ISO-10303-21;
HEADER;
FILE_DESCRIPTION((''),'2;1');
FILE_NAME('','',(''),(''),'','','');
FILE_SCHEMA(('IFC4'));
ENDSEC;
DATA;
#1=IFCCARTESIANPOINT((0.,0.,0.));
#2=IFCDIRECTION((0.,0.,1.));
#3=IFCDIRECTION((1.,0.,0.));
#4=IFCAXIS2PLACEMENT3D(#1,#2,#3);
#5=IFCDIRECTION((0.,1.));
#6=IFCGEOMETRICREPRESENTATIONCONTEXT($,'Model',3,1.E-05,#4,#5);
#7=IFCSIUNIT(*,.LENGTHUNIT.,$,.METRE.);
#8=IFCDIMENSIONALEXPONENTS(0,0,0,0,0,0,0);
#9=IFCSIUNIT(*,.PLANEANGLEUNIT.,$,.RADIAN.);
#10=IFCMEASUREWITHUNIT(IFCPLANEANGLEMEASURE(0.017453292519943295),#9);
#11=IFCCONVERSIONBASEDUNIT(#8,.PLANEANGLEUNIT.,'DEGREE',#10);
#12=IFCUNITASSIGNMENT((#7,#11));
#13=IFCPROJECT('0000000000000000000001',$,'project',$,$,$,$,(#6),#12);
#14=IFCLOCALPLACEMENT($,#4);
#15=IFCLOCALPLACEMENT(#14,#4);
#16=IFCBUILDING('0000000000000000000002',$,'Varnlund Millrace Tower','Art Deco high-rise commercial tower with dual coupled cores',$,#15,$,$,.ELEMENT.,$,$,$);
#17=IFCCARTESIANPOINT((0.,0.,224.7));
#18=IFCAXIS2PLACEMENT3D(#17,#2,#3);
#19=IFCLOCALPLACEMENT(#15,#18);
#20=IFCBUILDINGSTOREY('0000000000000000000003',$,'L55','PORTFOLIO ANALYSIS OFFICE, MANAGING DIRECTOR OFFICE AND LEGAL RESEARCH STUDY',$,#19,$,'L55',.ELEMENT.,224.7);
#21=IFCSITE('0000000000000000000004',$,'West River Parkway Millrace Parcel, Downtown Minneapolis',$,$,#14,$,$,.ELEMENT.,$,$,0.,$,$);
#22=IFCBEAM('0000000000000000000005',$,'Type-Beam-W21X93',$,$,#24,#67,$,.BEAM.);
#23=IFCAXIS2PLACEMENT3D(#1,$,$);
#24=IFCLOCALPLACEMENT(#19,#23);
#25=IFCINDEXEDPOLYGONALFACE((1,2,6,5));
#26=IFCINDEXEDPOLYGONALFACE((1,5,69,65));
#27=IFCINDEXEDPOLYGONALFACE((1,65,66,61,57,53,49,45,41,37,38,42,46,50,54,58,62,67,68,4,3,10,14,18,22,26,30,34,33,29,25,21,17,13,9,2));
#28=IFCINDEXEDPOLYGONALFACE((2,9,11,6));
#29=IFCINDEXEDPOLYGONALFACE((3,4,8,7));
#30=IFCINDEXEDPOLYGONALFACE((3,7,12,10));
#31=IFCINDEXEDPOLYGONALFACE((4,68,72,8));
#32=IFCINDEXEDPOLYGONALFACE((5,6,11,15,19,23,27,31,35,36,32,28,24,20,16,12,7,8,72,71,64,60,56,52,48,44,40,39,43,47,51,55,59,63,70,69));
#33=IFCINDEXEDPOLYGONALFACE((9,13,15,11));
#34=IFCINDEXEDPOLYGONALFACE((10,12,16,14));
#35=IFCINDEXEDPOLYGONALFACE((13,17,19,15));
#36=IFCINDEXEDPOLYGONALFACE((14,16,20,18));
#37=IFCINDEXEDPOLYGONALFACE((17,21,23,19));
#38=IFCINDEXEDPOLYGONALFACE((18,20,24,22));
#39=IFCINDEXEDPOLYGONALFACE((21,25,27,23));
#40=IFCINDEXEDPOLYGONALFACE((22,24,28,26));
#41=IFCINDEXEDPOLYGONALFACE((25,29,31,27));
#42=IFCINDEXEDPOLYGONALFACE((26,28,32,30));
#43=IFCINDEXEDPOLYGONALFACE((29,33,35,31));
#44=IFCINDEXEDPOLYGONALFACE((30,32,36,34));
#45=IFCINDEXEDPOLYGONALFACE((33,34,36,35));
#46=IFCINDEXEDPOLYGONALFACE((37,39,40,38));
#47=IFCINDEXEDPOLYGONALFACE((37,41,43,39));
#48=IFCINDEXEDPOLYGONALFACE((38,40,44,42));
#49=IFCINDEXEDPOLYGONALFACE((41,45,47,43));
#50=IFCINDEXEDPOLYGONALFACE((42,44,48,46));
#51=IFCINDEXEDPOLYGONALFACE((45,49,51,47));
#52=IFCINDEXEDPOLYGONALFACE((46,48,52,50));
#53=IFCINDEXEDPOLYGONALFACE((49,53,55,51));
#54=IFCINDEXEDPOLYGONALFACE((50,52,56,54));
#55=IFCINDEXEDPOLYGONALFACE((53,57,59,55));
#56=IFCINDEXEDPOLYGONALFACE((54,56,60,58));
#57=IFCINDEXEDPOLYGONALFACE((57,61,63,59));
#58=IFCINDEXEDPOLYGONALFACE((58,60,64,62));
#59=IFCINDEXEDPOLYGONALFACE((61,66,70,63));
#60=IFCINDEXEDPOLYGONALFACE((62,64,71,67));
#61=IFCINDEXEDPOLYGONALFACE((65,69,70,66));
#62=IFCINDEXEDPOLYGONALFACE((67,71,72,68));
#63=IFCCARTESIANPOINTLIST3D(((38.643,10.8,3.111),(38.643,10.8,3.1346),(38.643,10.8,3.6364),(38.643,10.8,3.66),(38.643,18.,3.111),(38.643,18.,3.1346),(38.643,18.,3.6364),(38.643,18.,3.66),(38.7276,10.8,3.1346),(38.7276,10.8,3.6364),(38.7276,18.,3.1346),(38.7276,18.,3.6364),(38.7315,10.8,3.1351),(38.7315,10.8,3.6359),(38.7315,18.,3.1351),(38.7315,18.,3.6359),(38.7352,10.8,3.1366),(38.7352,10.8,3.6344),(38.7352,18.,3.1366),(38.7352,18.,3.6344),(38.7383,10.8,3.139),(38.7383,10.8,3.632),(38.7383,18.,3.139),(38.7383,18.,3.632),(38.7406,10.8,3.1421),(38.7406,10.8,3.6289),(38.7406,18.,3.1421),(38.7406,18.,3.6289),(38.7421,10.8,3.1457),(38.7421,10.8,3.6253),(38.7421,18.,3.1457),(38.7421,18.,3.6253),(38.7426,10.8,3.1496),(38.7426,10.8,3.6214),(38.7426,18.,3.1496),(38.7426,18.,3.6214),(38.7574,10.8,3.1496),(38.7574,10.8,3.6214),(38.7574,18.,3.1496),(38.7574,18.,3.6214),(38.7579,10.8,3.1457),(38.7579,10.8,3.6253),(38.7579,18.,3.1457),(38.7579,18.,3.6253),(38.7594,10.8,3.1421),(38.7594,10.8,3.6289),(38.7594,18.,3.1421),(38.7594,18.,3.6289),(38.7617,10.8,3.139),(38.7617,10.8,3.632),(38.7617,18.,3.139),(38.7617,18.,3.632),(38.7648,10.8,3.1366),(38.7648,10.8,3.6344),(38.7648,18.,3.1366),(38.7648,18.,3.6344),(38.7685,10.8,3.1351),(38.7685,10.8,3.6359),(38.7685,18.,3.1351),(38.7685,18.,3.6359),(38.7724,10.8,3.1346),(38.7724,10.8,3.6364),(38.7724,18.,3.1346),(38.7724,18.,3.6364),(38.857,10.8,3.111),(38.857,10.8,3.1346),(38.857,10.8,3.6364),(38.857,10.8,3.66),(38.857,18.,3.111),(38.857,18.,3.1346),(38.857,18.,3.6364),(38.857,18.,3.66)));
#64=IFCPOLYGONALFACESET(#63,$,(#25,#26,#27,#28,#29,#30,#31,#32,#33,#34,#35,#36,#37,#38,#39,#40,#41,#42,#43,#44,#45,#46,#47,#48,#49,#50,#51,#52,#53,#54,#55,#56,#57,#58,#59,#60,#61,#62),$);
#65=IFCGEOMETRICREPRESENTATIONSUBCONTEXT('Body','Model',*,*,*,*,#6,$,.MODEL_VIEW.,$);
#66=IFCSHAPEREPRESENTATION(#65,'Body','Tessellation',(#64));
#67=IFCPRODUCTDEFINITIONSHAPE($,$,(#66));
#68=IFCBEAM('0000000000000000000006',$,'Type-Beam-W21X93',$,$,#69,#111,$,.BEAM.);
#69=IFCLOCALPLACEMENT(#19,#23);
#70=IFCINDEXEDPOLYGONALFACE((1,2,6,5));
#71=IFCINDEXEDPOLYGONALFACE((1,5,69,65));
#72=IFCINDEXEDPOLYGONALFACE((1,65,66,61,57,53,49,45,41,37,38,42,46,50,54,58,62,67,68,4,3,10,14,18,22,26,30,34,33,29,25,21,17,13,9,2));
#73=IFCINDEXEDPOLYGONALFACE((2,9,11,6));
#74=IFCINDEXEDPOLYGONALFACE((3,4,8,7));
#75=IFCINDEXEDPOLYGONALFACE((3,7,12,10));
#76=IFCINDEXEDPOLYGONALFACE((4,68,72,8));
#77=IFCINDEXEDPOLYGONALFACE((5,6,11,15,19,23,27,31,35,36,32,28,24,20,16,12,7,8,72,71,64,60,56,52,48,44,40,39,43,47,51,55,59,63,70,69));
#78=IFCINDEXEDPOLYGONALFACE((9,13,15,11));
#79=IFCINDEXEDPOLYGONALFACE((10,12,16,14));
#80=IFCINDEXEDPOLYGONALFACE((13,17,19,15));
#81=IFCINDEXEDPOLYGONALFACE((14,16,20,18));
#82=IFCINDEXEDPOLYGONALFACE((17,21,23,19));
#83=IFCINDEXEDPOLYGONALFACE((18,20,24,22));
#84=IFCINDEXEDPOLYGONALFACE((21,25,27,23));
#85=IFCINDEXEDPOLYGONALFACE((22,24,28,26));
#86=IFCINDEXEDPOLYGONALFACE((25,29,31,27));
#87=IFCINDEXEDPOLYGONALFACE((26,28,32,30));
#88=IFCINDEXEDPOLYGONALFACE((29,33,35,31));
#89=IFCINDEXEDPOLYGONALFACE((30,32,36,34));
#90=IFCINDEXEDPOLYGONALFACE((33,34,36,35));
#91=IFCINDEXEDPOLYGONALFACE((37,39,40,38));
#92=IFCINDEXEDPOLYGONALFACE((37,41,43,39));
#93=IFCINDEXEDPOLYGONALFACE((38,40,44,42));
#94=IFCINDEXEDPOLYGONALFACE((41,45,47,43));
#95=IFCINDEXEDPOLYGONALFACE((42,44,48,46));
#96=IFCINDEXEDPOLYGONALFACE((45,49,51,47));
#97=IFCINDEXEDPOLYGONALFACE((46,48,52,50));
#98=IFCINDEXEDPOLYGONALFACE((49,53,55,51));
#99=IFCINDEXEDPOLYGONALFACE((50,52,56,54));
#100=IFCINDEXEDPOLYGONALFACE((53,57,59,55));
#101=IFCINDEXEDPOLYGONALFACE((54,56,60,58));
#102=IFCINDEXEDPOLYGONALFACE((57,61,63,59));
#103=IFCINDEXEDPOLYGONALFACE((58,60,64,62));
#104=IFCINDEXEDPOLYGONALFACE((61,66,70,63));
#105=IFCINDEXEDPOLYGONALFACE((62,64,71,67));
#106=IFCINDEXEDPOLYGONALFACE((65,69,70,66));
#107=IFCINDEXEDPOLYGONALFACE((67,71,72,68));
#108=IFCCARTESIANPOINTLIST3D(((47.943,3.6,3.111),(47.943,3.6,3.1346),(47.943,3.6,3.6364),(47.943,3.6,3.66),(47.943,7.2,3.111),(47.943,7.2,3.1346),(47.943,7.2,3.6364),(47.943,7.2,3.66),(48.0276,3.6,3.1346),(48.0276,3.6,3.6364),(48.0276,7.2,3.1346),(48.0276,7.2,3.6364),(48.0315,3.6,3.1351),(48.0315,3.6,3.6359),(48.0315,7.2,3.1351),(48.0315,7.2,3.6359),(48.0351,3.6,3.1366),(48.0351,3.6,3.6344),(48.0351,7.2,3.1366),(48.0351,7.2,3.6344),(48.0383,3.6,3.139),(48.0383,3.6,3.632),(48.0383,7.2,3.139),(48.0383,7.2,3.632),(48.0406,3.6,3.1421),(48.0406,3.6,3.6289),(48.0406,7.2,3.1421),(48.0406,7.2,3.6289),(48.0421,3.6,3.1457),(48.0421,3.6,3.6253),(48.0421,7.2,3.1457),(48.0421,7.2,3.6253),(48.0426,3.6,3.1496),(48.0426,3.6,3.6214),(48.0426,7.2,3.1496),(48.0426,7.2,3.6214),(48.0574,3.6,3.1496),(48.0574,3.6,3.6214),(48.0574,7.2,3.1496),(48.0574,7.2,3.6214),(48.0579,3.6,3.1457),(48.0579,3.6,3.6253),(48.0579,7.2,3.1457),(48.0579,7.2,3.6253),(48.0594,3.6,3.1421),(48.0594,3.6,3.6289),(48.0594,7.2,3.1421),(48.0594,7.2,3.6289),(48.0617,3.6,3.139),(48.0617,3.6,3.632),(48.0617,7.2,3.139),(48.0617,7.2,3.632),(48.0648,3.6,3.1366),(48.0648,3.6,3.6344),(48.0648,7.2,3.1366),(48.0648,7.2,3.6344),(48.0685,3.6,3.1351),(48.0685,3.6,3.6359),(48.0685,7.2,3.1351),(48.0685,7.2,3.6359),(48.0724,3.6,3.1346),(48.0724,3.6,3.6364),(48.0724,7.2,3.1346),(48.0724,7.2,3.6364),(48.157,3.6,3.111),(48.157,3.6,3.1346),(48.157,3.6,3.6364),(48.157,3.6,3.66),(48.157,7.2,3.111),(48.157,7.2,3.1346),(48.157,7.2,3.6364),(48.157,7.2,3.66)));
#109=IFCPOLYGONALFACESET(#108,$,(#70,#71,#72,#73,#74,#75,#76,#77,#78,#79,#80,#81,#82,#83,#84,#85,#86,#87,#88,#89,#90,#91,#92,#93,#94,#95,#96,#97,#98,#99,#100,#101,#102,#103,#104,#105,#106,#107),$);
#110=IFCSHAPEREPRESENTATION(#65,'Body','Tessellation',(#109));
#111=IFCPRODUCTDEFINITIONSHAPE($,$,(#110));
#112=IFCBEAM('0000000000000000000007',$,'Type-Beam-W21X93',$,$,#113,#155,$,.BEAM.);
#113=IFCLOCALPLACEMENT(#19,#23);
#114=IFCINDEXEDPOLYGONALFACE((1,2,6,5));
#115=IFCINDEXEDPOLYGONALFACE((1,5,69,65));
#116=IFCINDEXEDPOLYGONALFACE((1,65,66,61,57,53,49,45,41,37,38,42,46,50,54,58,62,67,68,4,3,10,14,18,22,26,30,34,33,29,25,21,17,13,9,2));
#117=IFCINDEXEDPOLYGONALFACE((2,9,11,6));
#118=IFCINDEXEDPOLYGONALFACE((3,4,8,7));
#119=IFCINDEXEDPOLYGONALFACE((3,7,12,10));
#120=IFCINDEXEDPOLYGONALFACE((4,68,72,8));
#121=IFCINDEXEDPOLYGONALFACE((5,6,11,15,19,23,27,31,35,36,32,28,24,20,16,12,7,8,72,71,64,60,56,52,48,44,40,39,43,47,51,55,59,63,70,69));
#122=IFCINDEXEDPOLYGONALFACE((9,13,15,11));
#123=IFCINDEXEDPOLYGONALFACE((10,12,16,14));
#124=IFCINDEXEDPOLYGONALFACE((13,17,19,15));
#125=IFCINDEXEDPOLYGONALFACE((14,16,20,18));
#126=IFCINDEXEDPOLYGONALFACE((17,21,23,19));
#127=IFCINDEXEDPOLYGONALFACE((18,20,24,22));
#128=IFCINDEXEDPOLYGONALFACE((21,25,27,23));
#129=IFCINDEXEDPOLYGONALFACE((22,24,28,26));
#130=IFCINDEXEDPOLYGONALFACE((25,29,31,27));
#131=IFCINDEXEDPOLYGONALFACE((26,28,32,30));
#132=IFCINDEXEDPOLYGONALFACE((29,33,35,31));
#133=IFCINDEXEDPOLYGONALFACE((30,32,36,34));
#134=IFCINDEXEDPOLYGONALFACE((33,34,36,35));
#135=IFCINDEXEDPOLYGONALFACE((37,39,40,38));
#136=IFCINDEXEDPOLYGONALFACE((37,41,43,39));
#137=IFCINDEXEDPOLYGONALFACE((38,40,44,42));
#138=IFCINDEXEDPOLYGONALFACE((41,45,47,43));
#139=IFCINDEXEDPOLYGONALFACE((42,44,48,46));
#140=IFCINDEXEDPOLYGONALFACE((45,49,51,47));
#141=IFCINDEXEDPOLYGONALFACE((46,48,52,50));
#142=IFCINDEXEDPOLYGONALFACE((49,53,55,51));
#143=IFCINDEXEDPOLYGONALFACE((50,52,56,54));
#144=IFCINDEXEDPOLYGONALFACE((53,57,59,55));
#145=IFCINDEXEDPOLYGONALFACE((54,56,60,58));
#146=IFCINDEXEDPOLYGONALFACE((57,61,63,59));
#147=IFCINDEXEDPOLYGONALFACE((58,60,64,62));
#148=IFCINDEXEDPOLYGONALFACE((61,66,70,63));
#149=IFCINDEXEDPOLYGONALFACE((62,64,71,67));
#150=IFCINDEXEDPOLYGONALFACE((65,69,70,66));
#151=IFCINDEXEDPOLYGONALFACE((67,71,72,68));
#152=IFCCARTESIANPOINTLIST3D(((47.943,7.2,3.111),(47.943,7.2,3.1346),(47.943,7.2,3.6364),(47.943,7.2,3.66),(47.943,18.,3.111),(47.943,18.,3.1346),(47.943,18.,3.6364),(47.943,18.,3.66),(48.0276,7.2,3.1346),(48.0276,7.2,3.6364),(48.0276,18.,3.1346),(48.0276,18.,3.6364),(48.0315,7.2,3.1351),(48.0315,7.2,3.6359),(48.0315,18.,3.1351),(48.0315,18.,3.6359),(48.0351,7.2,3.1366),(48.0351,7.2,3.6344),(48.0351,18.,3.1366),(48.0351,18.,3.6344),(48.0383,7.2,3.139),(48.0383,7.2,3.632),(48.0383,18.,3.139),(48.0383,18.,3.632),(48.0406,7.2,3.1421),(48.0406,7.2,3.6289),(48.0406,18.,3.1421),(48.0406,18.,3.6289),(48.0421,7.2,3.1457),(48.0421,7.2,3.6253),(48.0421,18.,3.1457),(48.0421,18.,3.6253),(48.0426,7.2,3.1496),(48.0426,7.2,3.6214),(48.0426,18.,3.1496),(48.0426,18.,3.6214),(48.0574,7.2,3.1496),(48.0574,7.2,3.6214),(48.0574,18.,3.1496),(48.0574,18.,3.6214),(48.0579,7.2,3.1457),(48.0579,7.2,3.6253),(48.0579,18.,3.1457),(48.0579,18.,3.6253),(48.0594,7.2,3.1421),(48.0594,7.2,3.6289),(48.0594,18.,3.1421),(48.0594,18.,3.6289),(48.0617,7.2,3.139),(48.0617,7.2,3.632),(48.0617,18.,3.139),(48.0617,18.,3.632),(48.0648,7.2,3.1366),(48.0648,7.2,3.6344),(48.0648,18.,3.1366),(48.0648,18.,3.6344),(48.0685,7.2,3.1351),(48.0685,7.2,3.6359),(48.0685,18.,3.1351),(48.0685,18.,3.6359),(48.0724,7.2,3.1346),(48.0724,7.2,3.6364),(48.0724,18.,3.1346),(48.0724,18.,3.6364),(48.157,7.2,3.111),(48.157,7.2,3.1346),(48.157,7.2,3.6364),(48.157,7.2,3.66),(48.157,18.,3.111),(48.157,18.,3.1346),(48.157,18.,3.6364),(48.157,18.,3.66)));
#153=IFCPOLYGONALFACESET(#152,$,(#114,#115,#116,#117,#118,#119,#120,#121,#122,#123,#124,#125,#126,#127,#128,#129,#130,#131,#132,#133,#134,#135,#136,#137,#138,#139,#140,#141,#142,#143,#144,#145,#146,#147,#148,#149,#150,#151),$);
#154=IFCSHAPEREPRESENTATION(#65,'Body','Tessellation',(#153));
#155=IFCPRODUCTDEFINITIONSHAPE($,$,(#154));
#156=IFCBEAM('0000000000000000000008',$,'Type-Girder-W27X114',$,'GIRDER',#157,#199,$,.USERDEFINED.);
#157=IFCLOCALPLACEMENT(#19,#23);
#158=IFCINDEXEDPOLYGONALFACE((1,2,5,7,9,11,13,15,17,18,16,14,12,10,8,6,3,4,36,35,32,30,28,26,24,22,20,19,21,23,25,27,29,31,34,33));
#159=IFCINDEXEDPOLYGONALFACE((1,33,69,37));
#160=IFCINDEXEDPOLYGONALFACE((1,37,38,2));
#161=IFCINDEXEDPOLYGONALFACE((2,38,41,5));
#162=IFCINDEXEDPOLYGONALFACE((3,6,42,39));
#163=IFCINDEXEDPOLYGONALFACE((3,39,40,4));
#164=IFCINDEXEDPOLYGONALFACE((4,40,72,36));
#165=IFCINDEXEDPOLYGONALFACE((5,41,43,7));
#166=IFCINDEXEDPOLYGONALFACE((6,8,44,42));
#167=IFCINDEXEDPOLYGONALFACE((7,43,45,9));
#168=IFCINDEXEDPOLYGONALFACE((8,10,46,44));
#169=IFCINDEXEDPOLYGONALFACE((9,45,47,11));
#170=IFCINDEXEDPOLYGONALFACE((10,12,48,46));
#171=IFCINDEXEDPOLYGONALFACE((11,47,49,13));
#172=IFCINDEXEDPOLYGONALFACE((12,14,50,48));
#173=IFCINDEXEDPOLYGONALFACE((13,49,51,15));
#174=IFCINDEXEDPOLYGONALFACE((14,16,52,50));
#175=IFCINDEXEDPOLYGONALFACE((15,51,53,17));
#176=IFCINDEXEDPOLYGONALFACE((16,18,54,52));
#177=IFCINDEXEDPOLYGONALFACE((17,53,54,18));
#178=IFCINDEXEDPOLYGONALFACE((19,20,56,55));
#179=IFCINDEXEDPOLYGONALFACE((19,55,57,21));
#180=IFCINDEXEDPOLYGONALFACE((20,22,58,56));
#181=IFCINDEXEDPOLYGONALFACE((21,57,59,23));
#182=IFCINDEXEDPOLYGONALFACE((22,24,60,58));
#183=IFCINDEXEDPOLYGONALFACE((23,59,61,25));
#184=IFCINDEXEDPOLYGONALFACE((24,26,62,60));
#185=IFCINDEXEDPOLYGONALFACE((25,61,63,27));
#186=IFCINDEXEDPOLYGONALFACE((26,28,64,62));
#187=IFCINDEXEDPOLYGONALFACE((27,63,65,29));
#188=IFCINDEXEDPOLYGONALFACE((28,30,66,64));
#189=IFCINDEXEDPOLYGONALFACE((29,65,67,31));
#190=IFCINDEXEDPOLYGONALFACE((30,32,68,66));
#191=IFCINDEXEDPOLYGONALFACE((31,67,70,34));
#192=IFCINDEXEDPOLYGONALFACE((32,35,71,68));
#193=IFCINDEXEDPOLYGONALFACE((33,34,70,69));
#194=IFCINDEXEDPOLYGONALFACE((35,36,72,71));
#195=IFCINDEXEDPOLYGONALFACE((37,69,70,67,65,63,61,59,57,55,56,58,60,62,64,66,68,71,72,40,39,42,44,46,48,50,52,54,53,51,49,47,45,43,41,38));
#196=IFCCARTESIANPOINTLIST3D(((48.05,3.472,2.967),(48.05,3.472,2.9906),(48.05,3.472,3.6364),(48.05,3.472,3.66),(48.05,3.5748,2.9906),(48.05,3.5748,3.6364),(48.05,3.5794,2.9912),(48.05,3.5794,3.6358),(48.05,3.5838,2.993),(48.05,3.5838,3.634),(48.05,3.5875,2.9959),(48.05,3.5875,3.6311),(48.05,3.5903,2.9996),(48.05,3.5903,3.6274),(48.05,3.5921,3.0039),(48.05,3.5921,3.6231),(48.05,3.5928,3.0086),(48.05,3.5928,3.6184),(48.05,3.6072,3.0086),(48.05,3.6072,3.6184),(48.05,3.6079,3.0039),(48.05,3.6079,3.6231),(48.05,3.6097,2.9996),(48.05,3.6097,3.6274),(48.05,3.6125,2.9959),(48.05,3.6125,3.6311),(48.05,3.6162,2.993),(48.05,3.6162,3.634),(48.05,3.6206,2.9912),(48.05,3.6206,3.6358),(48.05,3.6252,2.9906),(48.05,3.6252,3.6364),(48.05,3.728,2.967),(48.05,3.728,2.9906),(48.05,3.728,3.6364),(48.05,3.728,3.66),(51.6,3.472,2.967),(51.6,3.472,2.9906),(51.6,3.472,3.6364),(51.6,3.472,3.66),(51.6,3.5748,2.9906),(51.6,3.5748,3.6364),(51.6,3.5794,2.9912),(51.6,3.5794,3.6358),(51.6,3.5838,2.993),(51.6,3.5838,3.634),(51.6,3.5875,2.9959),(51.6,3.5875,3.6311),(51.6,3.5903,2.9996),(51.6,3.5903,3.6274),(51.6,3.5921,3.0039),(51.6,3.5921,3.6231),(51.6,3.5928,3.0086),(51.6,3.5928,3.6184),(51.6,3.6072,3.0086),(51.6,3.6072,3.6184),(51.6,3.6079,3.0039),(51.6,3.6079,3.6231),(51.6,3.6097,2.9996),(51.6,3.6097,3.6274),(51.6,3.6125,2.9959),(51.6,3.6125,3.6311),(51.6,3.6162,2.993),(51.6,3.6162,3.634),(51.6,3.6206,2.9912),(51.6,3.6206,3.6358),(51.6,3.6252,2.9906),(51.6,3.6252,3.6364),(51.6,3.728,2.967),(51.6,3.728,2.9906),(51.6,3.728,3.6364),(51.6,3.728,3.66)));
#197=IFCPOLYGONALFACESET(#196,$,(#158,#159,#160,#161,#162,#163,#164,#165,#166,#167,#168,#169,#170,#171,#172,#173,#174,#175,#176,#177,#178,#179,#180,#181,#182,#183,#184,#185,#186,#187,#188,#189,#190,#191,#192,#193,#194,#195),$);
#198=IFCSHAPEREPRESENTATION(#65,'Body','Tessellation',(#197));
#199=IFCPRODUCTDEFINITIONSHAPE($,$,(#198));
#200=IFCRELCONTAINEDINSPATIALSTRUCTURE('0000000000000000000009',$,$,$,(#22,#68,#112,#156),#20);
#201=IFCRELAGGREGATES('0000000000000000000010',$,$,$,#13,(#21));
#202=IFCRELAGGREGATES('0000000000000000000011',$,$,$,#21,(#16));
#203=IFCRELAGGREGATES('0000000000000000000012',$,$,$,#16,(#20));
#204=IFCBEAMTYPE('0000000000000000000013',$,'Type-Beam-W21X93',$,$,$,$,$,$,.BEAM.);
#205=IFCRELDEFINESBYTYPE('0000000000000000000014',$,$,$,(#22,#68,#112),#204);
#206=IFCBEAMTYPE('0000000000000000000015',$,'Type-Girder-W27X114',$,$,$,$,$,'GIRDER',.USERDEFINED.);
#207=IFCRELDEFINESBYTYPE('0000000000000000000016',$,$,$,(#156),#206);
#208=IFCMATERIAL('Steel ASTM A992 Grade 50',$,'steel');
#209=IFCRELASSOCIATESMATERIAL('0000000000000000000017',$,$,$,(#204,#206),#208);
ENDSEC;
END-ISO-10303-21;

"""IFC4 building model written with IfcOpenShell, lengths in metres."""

from ifc_helpers import new_model, entity, si_unit, converted_unit, direction, frame, origin_with_axes, origin_2d_with_axis, place, context, subcontext, project, spatial, i_section, extrude, material, material_profile, profile_set, type_object, element, save


model = new_model("IFC4")

# Units and contexts
model_context = context("Model", 3, precision=1e-05, world=origin_with_axes(), true_north=direction((0.0, 1.0)))
body_context = subcontext(model_context, "Body", "Model", "MODEL_VIEW")
ifc_project = project(units=[si_unit("LENGTHUNIT", "METRE"), converted_unit("PLANEANGLEUNIT", "DEGREE", entity("IfcPlaneAngleMeasure", 0.017453292519943295), si_unit("PLANEANGLEUNIT", "RADIAN"), dimensions=[0, 0, 0, 0, 0, 0, 0])], contexts=[model_context])

# Site, building, storey
site_placement = place(None, origin_with_axes())
site = spatial("IfcSite", under=ifc_project, at=site_placement, Name="West River Parkway Millrace Parcel, Downtown Minneapolis", CompositionType="ELEMENT", RefElevation=0.0)
building_placement = place(site_placement, origin_with_axes())
building = spatial("IfcBuilding", under=site, at=building_placement, Name="Varnlund Millrace Tower", Description="Art Deco high-rise commercial tower with dual coupled cores", CompositionType="ELEMENT")
storey_placement = place(building_placement, frame((0.0, 0.0, 224.7), z_axis=(0.0, 0.0, 1.0), x_axis=(1.0, 0.0, 0.0)))
storey = spatial("IfcBuildingStorey", under=building, at=storey_placement, Name="L55", Description="PORTFOLIO ANALYSIS OFFICE, MANAGING DIRECTOR OFFICE AND LEGAL RESEARCH STUDY", LongName="L55", CompositionType="ELEMENT", Elevation=224.7)

# Beams
ifc_material_1 = material(Name="Steel ASTM A992 Grade 50", Category="steel")
ifc_material_profile_1 = material_profile(ifc_material_1, i_section(OverallWidth=0.214, OverallDepth=0.549, WebThickness=0.0147, FlangeThickness=0.0236, FilletRadius=0.015, at=origin_2d_with_axis()), Name="Steel ASTM A992 Grade 50")
ifc_profile_set_1 = profile_set([ifc_material_profile_1], Name="Steel ASTM A992 Grade 50")
beam_type_1 = type_object("IfcBeamType", Name="Type-Beam-W21X93", PredefinedType="BEAM", material=ifc_profile_set_1)
beam_1_placement = place(storey_placement, frame((38.75, 10.8, 3.3855), z_axis=(0.0, 1.0, 0.0), x_axis=(-1.0, 0.0, 0.0)))
element("IfcBeam", 1, at=beam_1_placement, inside=storey, type_object=beam_type_1, Name="Type-Beam-W21X93", PredefinedType="BEAM", context=body_context, shape_type="SweptSolid", body=[
    extrude(i_section(OverallWidth=0.214, OverallDepth=0.549, WebThickness=0.0147, FlangeThickness=0.0236, FilletRadius=0.015, at=origin_2d_with_axis()), origin_with_axes(), (0.0, 0.0, 1.0), 7.2),
])
beam_2_placement = place(storey_placement, frame((48.05, 3.6, 3.3855), z_axis=(0.0, 1.0, 0.0), x_axis=(-1.0, 0.0, 0.0)))
element("IfcBeam", 2, at=beam_2_placement, inside=storey, type_object=beam_type_1, Name="Type-Beam-W21X93", PredefinedType="BEAM", context=body_context, shape_type="SweptSolid", body=[
    extrude(i_section(OverallWidth=0.214, OverallDepth=0.549, WebThickness=0.0147, FlangeThickness=0.0236, FilletRadius=0.015, at=origin_2d_with_axis()), origin_with_axes(), (0.0, 0.0, 1.0), 3.6),
])
beam_3_placement = place(storey_placement, frame((48.05, 7.2, 3.3855), z_axis=(0.0, 1.0, 0.0), x_axis=(-1.0, 0.0, 0.0)))
element("IfcBeam", 3, at=beam_3_placement, inside=storey, type_object=beam_type_1, Name="Type-Beam-W21X93", PredefinedType="BEAM", context=body_context, shape_type="SweptSolid", body=[
    extrude(i_section(OverallWidth=0.214, OverallDepth=0.549, WebThickness=0.0147, FlangeThickness=0.0236, FilletRadius=0.015, at=origin_2d_with_axis()), origin_with_axes(), (0.0, 0.0, 1.0), 10.8),
])
ifc_material_profile_2 = material_profile(ifc_material_1, i_section(OverallWidth=0.256, OverallDepth=0.693, WebThickness=0.0145, FlangeThickness=0.0236, FilletRadius=0.018, at=origin_2d_with_axis()), Name="Steel ASTM A992 Grade 50")
ifc_profile_set_2 = profile_set([ifc_material_profile_2], Name="Steel ASTM A992 Grade 50")
beam_type_2 = type_object("IfcBeamType", Name="Type-Girder-W27X114", ElementType="GIRDER", PredefinedType="USERDEFINED", material=ifc_profile_set_2)
beam_4_placement = place(storey_placement, frame((48.05, 3.6, 3.3135), z_axis=(1.0, 0.0, 0.0), x_axis=(0.0, 1.0, 0.0)))
element("IfcBeam", 4, at=beam_4_placement, inside=storey, type_object=beam_type_2, Name="Type-Girder-W27X114", ObjectType="GIRDER", PredefinedType="USERDEFINED", context=body_context, shape_type="SweptSolid", body=[
    extrude(i_section(OverallWidth=0.256, OverallDepth=0.693, WebThickness=0.0145, FlangeThickness=0.0236, FilletRadius=0.018, at=origin_2d_with_axis()), origin_with_axes(), (0.0, 0.0, 1.0), 3.55),
])

save(model, "model.ifc")
